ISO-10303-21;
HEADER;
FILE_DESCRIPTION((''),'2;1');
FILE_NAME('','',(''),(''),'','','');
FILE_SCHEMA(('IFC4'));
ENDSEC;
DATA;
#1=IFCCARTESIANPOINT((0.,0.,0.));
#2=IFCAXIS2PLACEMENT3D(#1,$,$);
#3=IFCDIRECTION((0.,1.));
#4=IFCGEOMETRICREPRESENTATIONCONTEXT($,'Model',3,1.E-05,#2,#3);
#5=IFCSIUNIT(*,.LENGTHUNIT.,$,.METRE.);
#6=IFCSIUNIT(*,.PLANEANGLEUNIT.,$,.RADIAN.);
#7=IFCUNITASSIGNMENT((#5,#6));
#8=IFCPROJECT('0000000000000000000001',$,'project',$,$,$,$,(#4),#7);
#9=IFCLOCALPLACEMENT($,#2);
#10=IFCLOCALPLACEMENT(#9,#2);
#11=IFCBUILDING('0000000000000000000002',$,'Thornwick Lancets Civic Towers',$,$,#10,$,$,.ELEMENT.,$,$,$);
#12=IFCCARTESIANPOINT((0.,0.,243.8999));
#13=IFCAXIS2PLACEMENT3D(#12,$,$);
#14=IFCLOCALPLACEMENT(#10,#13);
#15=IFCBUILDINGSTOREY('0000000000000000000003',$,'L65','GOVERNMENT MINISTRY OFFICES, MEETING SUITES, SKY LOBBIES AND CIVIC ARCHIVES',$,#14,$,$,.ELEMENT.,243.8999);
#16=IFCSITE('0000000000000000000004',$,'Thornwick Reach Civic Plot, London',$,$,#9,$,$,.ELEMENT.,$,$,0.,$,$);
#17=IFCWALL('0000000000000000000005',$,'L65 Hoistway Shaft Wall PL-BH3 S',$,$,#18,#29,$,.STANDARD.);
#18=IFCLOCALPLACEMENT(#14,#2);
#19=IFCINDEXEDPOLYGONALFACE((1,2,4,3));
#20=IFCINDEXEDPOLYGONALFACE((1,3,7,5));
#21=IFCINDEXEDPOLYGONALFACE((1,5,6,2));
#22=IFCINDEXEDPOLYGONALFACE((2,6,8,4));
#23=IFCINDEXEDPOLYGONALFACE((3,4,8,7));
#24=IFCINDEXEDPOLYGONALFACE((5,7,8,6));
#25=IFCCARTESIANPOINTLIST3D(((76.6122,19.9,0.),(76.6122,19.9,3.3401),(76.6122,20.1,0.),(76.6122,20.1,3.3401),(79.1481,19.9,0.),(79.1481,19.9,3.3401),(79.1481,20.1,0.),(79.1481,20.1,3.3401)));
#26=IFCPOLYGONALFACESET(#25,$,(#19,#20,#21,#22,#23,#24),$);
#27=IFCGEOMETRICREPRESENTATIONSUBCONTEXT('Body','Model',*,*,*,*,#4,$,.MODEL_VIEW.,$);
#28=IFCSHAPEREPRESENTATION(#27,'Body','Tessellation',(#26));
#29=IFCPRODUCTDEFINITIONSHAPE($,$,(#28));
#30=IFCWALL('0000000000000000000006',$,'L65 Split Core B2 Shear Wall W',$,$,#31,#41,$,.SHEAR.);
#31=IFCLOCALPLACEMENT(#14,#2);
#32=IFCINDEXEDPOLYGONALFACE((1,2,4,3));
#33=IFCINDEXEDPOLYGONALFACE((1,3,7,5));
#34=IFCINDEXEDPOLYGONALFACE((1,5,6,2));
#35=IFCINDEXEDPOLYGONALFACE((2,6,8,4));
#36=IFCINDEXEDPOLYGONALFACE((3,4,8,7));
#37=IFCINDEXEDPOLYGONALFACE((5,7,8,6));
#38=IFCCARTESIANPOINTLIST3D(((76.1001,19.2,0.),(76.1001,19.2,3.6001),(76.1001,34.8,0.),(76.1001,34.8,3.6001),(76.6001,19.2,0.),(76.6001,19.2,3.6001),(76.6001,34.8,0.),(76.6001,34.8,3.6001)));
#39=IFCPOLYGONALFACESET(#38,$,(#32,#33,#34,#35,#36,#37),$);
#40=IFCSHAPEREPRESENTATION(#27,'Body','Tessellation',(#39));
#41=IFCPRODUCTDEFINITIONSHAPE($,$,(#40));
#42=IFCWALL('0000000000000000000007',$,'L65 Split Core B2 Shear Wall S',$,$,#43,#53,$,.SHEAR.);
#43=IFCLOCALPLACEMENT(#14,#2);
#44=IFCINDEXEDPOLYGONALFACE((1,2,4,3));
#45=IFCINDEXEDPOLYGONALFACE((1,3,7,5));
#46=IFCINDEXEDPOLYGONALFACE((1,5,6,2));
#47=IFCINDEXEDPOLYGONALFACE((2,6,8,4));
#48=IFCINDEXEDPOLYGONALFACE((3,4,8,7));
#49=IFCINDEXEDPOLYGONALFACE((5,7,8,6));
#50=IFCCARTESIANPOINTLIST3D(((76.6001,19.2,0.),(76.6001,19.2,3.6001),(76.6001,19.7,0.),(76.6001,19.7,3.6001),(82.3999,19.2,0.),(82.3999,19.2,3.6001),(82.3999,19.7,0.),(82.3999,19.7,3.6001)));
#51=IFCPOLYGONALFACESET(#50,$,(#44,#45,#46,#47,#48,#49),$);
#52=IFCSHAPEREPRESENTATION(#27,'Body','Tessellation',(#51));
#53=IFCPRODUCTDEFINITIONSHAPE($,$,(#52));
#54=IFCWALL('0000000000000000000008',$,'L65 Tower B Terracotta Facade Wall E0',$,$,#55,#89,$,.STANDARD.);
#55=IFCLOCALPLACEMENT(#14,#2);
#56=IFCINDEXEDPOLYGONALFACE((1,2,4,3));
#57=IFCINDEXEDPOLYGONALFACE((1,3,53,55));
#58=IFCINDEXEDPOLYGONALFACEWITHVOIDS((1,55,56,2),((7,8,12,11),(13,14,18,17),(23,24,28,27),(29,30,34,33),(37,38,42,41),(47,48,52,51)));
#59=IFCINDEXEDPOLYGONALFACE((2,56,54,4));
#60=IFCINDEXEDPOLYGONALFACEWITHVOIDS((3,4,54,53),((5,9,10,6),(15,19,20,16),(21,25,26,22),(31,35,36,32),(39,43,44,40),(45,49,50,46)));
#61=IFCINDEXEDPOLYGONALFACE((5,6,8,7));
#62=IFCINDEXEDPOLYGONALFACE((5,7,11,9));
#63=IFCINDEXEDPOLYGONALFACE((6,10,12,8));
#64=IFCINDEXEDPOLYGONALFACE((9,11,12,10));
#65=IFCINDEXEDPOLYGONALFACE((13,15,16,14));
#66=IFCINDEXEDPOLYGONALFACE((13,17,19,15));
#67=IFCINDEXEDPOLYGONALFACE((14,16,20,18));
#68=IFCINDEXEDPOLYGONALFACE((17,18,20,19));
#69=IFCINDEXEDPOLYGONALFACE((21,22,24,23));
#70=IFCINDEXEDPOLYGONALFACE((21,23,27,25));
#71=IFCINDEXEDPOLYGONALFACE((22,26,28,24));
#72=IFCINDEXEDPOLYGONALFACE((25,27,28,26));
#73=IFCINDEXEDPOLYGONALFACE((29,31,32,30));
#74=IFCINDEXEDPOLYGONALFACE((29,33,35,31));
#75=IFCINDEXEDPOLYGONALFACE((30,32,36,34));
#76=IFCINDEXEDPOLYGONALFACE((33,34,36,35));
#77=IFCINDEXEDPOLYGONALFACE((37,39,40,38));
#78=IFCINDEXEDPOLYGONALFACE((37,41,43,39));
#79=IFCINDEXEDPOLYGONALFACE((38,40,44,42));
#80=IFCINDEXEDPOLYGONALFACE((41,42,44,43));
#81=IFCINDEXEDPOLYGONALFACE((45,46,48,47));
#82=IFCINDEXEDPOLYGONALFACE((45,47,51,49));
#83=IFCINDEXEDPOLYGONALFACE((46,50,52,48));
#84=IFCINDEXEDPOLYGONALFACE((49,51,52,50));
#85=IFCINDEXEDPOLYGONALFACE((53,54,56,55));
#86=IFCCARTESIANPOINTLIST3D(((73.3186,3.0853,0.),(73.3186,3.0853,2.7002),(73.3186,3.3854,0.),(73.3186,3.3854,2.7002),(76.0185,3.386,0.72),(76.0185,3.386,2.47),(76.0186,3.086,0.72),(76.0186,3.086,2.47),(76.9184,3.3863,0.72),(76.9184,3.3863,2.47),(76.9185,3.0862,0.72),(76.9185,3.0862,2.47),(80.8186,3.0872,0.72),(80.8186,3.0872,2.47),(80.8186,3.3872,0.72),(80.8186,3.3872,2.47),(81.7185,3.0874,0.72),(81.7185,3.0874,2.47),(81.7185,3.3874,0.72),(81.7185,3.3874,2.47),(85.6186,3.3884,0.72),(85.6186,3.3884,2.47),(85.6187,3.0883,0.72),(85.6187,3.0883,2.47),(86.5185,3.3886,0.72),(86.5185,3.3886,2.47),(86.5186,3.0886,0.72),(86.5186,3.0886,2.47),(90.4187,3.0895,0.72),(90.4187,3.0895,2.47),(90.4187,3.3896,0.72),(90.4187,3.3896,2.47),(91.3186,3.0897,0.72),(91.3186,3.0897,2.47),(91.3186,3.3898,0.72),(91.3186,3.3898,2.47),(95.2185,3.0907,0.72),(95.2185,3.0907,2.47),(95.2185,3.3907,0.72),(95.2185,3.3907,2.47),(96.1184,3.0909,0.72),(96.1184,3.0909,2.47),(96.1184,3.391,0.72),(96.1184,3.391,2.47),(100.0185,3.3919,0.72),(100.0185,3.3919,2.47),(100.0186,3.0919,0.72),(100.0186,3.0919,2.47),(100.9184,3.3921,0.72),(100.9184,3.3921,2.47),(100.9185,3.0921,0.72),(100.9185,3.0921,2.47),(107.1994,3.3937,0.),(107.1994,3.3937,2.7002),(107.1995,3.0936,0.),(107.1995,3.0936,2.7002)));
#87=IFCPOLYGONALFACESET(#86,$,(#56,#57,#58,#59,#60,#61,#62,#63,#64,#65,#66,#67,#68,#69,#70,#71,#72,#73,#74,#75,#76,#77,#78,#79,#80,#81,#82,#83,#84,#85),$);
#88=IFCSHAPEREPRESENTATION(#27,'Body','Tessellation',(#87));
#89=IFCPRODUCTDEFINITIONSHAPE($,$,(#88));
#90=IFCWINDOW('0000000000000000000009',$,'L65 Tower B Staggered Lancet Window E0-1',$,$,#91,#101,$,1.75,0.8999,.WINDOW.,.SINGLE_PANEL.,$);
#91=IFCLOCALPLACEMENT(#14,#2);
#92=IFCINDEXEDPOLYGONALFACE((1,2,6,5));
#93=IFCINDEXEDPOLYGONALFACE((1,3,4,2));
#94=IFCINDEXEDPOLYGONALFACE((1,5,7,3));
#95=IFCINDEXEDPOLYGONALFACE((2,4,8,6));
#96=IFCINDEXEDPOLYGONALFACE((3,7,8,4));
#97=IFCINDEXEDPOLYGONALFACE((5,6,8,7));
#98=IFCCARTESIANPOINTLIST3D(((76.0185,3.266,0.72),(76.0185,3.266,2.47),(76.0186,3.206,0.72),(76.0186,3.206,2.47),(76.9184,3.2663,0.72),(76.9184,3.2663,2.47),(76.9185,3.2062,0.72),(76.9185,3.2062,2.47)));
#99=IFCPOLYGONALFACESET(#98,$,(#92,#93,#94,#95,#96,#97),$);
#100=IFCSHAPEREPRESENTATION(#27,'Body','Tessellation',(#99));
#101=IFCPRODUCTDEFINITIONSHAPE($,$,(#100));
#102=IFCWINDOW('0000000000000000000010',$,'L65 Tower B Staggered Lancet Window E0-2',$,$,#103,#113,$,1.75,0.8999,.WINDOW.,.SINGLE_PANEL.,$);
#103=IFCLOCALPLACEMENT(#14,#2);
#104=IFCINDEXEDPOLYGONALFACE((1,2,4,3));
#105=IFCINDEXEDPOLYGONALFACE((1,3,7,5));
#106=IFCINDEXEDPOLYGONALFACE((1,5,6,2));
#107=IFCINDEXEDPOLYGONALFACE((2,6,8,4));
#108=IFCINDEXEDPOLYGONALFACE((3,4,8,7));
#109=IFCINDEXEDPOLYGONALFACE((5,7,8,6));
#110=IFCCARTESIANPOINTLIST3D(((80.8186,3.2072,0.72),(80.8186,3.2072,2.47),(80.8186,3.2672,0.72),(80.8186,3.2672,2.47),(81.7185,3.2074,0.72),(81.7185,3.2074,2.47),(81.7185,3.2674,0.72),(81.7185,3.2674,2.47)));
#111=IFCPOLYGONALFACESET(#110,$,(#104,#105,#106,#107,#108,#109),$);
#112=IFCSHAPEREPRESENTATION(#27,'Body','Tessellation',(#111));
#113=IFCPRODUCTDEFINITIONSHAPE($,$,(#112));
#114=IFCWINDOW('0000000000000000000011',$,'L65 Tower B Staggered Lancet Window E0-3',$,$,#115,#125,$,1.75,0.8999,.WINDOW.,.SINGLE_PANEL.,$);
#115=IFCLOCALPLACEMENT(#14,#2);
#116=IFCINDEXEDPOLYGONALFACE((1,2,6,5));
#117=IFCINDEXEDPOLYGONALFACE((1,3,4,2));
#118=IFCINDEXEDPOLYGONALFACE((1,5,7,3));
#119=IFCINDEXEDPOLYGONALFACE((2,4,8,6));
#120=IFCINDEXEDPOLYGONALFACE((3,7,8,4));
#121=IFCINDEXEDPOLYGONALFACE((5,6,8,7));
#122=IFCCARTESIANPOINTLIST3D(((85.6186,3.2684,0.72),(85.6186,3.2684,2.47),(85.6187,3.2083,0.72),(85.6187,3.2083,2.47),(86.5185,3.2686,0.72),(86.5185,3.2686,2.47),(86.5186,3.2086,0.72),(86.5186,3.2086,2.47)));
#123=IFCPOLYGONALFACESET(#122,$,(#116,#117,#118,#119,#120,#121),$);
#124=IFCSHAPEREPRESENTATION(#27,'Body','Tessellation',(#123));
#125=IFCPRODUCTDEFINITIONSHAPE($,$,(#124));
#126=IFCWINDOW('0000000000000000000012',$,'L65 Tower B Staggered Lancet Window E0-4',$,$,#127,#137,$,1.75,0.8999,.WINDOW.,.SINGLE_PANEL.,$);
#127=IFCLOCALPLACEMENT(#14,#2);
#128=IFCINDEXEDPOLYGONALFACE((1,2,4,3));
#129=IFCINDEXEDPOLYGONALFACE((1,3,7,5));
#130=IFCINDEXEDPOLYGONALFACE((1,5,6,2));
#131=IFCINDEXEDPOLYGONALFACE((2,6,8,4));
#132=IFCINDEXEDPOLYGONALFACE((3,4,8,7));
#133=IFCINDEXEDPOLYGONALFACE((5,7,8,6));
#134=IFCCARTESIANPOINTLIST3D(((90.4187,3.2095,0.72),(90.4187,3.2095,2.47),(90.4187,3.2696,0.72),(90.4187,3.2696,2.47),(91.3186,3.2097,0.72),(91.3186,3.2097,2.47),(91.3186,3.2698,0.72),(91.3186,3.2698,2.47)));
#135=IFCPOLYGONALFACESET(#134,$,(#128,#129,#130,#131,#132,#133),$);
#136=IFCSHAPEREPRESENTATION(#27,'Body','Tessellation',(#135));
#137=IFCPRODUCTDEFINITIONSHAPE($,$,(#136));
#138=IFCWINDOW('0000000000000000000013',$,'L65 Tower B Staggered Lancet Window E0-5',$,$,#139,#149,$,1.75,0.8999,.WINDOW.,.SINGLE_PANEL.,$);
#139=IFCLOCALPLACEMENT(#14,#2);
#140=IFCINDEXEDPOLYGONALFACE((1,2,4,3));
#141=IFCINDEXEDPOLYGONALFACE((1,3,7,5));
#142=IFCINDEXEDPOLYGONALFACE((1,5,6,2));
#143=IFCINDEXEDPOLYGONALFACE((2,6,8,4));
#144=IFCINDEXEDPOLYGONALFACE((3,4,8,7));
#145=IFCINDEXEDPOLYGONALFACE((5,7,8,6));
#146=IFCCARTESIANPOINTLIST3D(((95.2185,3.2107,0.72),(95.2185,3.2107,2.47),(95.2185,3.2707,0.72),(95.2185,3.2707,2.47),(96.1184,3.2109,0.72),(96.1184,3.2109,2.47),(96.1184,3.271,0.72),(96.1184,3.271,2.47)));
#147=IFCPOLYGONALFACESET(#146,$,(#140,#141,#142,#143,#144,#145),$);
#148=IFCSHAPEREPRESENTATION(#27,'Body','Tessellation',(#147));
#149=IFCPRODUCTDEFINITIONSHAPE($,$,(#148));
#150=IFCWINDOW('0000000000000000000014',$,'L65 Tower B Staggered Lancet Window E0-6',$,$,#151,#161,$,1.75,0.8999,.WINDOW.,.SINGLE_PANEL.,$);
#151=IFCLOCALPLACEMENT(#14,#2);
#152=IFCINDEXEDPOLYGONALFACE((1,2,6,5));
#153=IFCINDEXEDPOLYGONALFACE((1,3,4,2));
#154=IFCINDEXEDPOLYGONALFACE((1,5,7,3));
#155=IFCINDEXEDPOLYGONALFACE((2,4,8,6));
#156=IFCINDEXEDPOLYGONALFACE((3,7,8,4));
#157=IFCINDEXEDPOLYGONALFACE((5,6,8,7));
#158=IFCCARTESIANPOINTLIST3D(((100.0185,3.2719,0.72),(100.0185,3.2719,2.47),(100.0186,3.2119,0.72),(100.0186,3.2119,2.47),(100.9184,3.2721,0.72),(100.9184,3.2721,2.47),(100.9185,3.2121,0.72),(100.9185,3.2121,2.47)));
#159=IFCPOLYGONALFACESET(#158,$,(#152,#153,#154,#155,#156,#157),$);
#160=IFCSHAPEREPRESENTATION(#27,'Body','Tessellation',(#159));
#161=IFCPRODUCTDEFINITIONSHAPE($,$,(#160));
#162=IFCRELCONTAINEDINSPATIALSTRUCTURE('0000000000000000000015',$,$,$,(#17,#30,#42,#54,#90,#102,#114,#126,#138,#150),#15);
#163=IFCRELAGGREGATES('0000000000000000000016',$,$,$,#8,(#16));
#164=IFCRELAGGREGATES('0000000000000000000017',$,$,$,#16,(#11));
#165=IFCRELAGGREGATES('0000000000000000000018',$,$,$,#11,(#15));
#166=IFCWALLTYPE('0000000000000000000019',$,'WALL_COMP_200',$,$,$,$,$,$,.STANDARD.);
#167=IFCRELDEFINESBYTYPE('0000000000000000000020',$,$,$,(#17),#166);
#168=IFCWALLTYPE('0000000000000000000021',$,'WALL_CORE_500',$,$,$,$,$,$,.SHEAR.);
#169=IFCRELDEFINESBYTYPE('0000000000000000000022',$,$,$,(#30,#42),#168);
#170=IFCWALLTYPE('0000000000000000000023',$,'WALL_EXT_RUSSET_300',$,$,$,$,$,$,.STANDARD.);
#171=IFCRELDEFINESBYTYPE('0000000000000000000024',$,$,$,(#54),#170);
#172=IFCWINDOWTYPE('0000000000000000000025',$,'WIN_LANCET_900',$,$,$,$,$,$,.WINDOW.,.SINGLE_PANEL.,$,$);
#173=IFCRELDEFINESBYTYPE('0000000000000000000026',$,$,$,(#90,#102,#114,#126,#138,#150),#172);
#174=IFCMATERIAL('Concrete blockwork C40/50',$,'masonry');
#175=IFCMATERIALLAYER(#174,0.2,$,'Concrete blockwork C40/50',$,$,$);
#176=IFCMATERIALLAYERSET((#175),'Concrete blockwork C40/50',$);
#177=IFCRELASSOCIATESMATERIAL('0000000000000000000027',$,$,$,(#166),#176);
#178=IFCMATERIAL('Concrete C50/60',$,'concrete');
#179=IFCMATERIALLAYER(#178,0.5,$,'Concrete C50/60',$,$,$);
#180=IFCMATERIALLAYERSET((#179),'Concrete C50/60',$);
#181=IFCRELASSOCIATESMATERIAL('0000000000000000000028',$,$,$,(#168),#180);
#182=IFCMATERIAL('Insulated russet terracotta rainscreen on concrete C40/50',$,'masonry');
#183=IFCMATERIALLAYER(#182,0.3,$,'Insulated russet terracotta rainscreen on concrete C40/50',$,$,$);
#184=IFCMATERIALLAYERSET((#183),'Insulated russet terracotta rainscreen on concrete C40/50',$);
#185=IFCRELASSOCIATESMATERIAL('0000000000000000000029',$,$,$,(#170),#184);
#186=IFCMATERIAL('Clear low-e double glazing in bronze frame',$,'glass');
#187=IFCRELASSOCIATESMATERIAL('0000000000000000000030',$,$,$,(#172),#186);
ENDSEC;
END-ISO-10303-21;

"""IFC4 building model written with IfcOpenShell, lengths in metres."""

from ifc_helpers import new_model, si_unit, direction, frame, frame_2d, origin, place, context, subcontext, project, spatial, rectangle, extrude, material, layer, layer_set, type_object, element, fill, save


model = new_model("IFC4")

# Units and contexts
model_context = context("Model", 3, precision=1e-05, world=origin(), true_north=direction((0.0, 1.0)))
body_context = subcontext(model_context, "Body", "Model", "MODEL_VIEW")
ifc_project = project(units=[si_unit("LENGTHUNIT", "METRE"), si_unit("PLANEANGLEUNIT", "RADIAN")], contexts=[model_context])

# Site, building, storey
site_placement = place(None, origin())
site = spatial("IfcSite", under=ifc_project, at=site_placement, Name="Thornwick Reach Civic Plot, London", CompositionType="ELEMENT", RefElevation=0.0)
building_placement = place(site_placement, origin())
building = spatial("IfcBuilding", under=site, at=building_placement, Name="Thornwick Lancets Civic Towers", CompositionType="ELEMENT")
storey_placement = place(building_placement, frame((0.0, 0.0, 243.8999)))
storey = spatial("IfcBuildingStorey", under=building, at=storey_placement, Name="L65", Description="GOVERNMENT MINISTRY OFFICES, MEETING SUITES, SKY LOBBIES AND CIVIC ARCHIVES", CompositionType="ELEMENT", Elevation=243.8999)

# Shared definitions
ifc_material_1 = material(Name="Concrete C50/60", Category="concrete")

# Walls
ifc_material_2 = material(Name="Concrete blockwork C40/50", Category="masonry")
ifc_layer_1 = layer(ifc_material_2, 0.2, Name="Concrete blockwork C40/50")
ifc_layer_set_1 = layer_set([ifc_layer_1], Name="Concrete blockwork C40/50")
wall_type_1 = type_object("IfcWallType", Name="WALL_COMP_200", PredefinedType="STANDARD", material=ifc_layer_set_1)
for number, where, z_axis, x_axis, name in (
    (1, (76.6121, 20.0, 0.0), (0.0, 0.0, 1.0), (1.0, 0.0, 0.0), "L65 Hoistway Shaft Wall PL-BH3 S"),
):
    element("IfcWall", number, at=place(storey_placement, frame(where, z_axis=z_axis, x_axis=x_axis)), inside=storey, type_object=wall_type_1, Name=name, PredefinedType="STANDARD", context=body_context, shape_type="SweptSolid", body=[
        extrude(rectangle(XDim=2.5359, YDim=0.2, at=frame_2d((1.2681, 0.0))), origin(), (0.0, 0.0, 1.0), 3.3401),
    ])
ifc_layer_2 = layer(ifc_material_1, 0.5, Name="Concrete C50/60")
ifc_layer_set_2 = layer_set([ifc_layer_2], Name="Concrete C50/60")
wall_type_2 = type_object("IfcWallType", Name="WALL_CORE_500", PredefinedType="SHEAR", material=ifc_layer_set_2)
wall_1_placement = place(storey_placement, frame((76.3501, 19.2, 0.0), z_axis=(0.0, 0.0, 1.0), x_axis=(0.0, 1.0, 0.0)))
element("IfcWall", 2, at=wall_1_placement, inside=storey, type_object=wall_type_2, Name="L65 Split Core B2 Shear Wall W", PredefinedType="SHEAR", context=body_context, shape_type="SweptSolid", body=[
    extrude(rectangle(XDim=15.6001, YDim=0.5, at=frame_2d((7.8, 0.0))), origin(), (0.0, 0.0, 1.0), 3.6001),
])
wall_2_placement = place(storey_placement, frame((76.6001, 19.45, 0.0), z_axis=(0.0, 0.0, 1.0), x_axis=(1.0, 0.0, 0.0)))
element("IfcWall", 3, at=wall_2_placement, inside=storey, type_object=wall_type_2, Name="L65 Split Core B2 Shear Wall S", PredefinedType="SHEAR", context=body_context, shape_type="SweptSolid", body=[
    extrude(rectangle(XDim=5.7998, YDim=0.5, at=frame_2d((2.8999, 0.0))), origin(), (0.0, 0.0, 1.0), 3.6001),
])

# Wall, openings, windows
ifc_material_3 = material(Name="Insulated russet terracotta rainscreen on concrete C40/50", Category="masonry")
ifc_layer_3 = layer(ifc_material_3, 0.3, Name="Insulated russet terracotta rainscreen on concrete C40/50")
ifc_layer_set_3 = layer_set([ifc_layer_3], Name="Insulated russet terracotta rainscreen on concrete C40/50")
wall_type_3 = type_object("IfcWallType", Name="WALL_EXT_RUSSET_300", PredefinedType="STANDARD", material=ifc_layer_set_3)
wall_3_placement = place(storey_placement, frame((73.3186, 3.2354, 0.0), z_axis=(0.0, 0.0, 1.0), x_axis=(1.0, 0.000245, 0.0)))
wall_3 = element("IfcWall", 4, at=wall_3_placement, inside=storey, type_object=wall_type_3, Name="L65 Tower B Terracotta Facade Wall E0", PredefinedType="STANDARD", context=body_context, shape_type="SweptSolid", body=[
    extrude(rectangle(XDim=33.8809, YDim=0.3, at=frame_2d((16.9404, 0.0))), origin(), (0.0, 0.0, 1.0), 2.7002),
])
opening_1_placement = place(wall_3_placement, frame((2.7, 0.0, 0.72)))
opening_1 = element("IfcOpeningElement", 5, at=opening_1_placement, cuts=wall_3, PredefinedType="OPENING", context=body_context, shape_type="SweptSolid", body=[
    extrude(rectangle(XDim=0.8999, YDim=1.75, at=frame_2d((0.45, 0.875))), frame((0.0, 0.1602, 0.0), z_axis=(0.0, -1.0, 0.0), x_axis=(1.0, 0.0, 0.0)), (0.0, 0.0, 1.0), 0.3201),
])
opening_2_placement = place(wall_3_placement, frame((7.5, 0.0, 0.72)))
opening_2 = element("IfcOpeningElement", 6, at=opening_2_placement, cuts=wall_3, PredefinedType="OPENING", context=body_context, shape_type="SweptSolid", body=[
    extrude(rectangle(XDim=0.8999, YDim=1.75, at=frame_2d((0.45, 0.875))), frame((0.0, 0.1602, 0.0), z_axis=(0.0, -1.0, 0.0), x_axis=(1.0, 0.0, 0.0)), (0.0, 0.0, 1.0), 0.3201),
])
opening_3_placement = place(wall_3_placement, frame((12.3, 0.0, 0.72)))
opening_3 = element("IfcOpeningElement", 7, at=opening_3_placement, cuts=wall_3, PredefinedType="OPENING", context=body_context, shape_type="SweptSolid", body=[
    extrude(rectangle(XDim=0.8999, YDim=1.75, at=frame_2d((0.45, 0.875))), frame((0.0, 0.1602, 0.0), z_axis=(0.0, -1.0, 0.0), x_axis=(1.0, 0.0, 0.0)), (0.0, 0.0, 1.0), 0.3201),
])
opening_4_placement = place(wall_3_placement, frame((17.1001, 0.0, 0.72)))
opening_4 = element("IfcOpeningElement", 8, at=opening_4_placement, cuts=wall_3, PredefinedType="OPENING", context=body_context, shape_type="SweptSolid", body=[
    extrude(rectangle(XDim=0.8999, YDim=1.75, at=frame_2d((0.45, 0.875))), frame((0.0, 0.1602, 0.0), z_axis=(0.0, -1.0, 0.0), x_axis=(1.0, 0.0, 0.0)), (0.0, 0.0, 1.0), 0.3201),
])
opening_5_placement = place(wall_3_placement, frame((21.8999, 0.0, 0.72)))
opening_5 = element("IfcOpeningElement", 9, at=opening_5_placement, cuts=wall_3, PredefinedType="OPENING", context=body_context, shape_type="SweptSolid", body=[
    extrude(rectangle(XDim=0.8999, YDim=1.75, at=frame_2d((0.45, 0.875))), frame((0.0, 0.1602, 0.0), z_axis=(0.0, -1.0, 0.0), x_axis=(1.0, 0.0, 0.0)), (0.0, 0.0, 1.0), 0.3201),
])
opening_6_placement = place(wall_3_placement, frame((26.7, 0.0, 0.72)))
opening_6 = element("IfcOpeningElement", 10, at=opening_6_placement, cuts=wall_3, PredefinedType="OPENING", context=body_context, shape_type="SweptSolid", body=[
    extrude(rectangle(XDim=0.8999, YDim=1.75, at=frame_2d((0.45, 0.875))), frame((0.0, 0.1602, 0.0), z_axis=(0.0, -1.0, 0.0), x_axis=(1.0, 0.0, 0.0)), (0.0, 0.0, 1.0), 0.3201),
])
ifc_material_4 = material(Name="Clear low-e double glazing in bronze frame", Category="glass")
window_type = type_object("IfcWindowType", Name="WIN_LANCET_900", PartitioningType="SINGLE_PANEL", PredefinedType="WINDOW", material=ifc_material_4)
window_1_placement = place(opening_1_placement, origin())
window_1 = element("IfcWindow", 11, at=window_1_placement, inside=storey, type_object=window_type, Name="L65 Tower B Staggered Lancet Window E0-1", OverallHeight=1.75, OverallWidth=0.8999, PartitioningType="SINGLE_PANEL", PredefinedType="WINDOW", context=body_context, shape_type="SweptSolid", body=[
    extrude(rectangle(XDim=0.8999, YDim=1.75, at=frame_2d((0.45, 0.875))), frame((0.0, 0.03, 0.0), z_axis=(0.0, -1.0, 0.0), x_axis=(1.0, 0.0, 0.0)), (0.0, 0.0, 1.0), 0.0601),
])
fill(opening_1, window_1)
window_2_placement = place(opening_2_placement, origin())
window_2 = element("IfcWindow", 12, at=window_2_placement, inside=storey, type_object=window_type, Name="L65 Tower B Staggered Lancet Window E0-2", OverallHeight=1.75, OverallWidth=0.8999, PartitioningType="SINGLE_PANEL", PredefinedType="WINDOW", context=body_context, shape_type="SweptSolid", body=[
    extrude(rectangle(XDim=0.8999, YDim=1.75, at=frame_2d((0.45, 0.875))), frame((0.0, 0.03, 0.0), z_axis=(0.0, -1.0, 0.0), x_axis=(1.0, 0.0, 0.0)), (0.0, 0.0, 1.0), 0.0601),
])
fill(opening_2, window_2)
window_3_placement = place(opening_3_placement, origin())
window_3 = element("IfcWindow", 13, at=window_3_placement, inside=storey, type_object=window_type, Name="L65 Tower B Staggered Lancet Window E0-3", OverallHeight=1.75, OverallWidth=0.8999, PartitioningType="SINGLE_PANEL", PredefinedType="WINDOW", context=body_context, shape_type="SweptSolid", body=[
    extrude(rectangle(XDim=0.8999, YDim=1.75, at=frame_2d((0.45, 0.875))), frame((0.0, 0.03, 0.0), z_axis=(0.0, -1.0, 0.0), x_axis=(1.0, 0.0, 0.0)), (0.0, 0.0, 1.0), 0.0601),
])
fill(opening_3, window_3)
window_4_placement = place(opening_4_placement, origin())
window_4 = element("IfcWindow", 14, at=window_4_placement, inside=storey, type_object=window_type, Name="L65 Tower B Staggered Lancet Window E0-4", OverallHeight=1.75, OverallWidth=0.8999, PartitioningType="SINGLE_PANEL", PredefinedType="WINDOW", context=body_context, shape_type="SweptSolid", body=[
    extrude(rectangle(XDim=0.8999, YDim=1.75, at=frame_2d((0.45, 0.875))), frame((0.0, 0.03, 0.0), z_axis=(0.0, -1.0, 0.0), x_axis=(1.0, 0.0, 0.0)), (0.0, 0.0, 1.0), 0.0601),
])
fill(opening_4, window_4)
window_5_placement = place(opening_5_placement, origin())
window_5 = element("IfcWindow", 15, at=window_5_placement, inside=storey, type_object=window_type, Name="L65 Tower B Staggered Lancet Window E0-5", OverallHeight=1.75, OverallWidth=0.8999, PartitioningType="SINGLE_PANEL", PredefinedType="WINDOW", context=body_context, shape_type="SweptSolid", body=[
    extrude(rectangle(XDim=0.8999, YDim=1.75, at=frame_2d((0.45, 0.875))), frame((0.0, 0.03, 0.0), z_axis=(0.0, -1.0, 0.0), x_axis=(1.0, 0.0, 0.0)), (0.0, 0.0, 1.0), 0.0601),
])
fill(opening_5, window_5)
window_6_placement = place(opening_6_placement, origin())
window_6 = element("IfcWindow", 16, at=window_6_placement, inside=storey, type_object=window_type, Name="L65 Tower B Staggered Lancet Window E0-6", OverallHeight=1.75, OverallWidth=0.8999, PartitioningType="SINGLE_PANEL", PredefinedType="WINDOW", context=body_context, shape_type="SweptSolid", body=[
    extrude(rectangle(XDim=0.8999, YDim=1.75, at=frame_2d((0.45, 0.875))), frame((0.0, 0.03, 0.0), z_axis=(0.0, -1.0, 0.0), x_axis=(1.0, 0.0, 0.0)), (0.0, 0.0, 1.0), 0.0601),
])
fill(opening_6, window_6)

save(model, "model.ifc")
